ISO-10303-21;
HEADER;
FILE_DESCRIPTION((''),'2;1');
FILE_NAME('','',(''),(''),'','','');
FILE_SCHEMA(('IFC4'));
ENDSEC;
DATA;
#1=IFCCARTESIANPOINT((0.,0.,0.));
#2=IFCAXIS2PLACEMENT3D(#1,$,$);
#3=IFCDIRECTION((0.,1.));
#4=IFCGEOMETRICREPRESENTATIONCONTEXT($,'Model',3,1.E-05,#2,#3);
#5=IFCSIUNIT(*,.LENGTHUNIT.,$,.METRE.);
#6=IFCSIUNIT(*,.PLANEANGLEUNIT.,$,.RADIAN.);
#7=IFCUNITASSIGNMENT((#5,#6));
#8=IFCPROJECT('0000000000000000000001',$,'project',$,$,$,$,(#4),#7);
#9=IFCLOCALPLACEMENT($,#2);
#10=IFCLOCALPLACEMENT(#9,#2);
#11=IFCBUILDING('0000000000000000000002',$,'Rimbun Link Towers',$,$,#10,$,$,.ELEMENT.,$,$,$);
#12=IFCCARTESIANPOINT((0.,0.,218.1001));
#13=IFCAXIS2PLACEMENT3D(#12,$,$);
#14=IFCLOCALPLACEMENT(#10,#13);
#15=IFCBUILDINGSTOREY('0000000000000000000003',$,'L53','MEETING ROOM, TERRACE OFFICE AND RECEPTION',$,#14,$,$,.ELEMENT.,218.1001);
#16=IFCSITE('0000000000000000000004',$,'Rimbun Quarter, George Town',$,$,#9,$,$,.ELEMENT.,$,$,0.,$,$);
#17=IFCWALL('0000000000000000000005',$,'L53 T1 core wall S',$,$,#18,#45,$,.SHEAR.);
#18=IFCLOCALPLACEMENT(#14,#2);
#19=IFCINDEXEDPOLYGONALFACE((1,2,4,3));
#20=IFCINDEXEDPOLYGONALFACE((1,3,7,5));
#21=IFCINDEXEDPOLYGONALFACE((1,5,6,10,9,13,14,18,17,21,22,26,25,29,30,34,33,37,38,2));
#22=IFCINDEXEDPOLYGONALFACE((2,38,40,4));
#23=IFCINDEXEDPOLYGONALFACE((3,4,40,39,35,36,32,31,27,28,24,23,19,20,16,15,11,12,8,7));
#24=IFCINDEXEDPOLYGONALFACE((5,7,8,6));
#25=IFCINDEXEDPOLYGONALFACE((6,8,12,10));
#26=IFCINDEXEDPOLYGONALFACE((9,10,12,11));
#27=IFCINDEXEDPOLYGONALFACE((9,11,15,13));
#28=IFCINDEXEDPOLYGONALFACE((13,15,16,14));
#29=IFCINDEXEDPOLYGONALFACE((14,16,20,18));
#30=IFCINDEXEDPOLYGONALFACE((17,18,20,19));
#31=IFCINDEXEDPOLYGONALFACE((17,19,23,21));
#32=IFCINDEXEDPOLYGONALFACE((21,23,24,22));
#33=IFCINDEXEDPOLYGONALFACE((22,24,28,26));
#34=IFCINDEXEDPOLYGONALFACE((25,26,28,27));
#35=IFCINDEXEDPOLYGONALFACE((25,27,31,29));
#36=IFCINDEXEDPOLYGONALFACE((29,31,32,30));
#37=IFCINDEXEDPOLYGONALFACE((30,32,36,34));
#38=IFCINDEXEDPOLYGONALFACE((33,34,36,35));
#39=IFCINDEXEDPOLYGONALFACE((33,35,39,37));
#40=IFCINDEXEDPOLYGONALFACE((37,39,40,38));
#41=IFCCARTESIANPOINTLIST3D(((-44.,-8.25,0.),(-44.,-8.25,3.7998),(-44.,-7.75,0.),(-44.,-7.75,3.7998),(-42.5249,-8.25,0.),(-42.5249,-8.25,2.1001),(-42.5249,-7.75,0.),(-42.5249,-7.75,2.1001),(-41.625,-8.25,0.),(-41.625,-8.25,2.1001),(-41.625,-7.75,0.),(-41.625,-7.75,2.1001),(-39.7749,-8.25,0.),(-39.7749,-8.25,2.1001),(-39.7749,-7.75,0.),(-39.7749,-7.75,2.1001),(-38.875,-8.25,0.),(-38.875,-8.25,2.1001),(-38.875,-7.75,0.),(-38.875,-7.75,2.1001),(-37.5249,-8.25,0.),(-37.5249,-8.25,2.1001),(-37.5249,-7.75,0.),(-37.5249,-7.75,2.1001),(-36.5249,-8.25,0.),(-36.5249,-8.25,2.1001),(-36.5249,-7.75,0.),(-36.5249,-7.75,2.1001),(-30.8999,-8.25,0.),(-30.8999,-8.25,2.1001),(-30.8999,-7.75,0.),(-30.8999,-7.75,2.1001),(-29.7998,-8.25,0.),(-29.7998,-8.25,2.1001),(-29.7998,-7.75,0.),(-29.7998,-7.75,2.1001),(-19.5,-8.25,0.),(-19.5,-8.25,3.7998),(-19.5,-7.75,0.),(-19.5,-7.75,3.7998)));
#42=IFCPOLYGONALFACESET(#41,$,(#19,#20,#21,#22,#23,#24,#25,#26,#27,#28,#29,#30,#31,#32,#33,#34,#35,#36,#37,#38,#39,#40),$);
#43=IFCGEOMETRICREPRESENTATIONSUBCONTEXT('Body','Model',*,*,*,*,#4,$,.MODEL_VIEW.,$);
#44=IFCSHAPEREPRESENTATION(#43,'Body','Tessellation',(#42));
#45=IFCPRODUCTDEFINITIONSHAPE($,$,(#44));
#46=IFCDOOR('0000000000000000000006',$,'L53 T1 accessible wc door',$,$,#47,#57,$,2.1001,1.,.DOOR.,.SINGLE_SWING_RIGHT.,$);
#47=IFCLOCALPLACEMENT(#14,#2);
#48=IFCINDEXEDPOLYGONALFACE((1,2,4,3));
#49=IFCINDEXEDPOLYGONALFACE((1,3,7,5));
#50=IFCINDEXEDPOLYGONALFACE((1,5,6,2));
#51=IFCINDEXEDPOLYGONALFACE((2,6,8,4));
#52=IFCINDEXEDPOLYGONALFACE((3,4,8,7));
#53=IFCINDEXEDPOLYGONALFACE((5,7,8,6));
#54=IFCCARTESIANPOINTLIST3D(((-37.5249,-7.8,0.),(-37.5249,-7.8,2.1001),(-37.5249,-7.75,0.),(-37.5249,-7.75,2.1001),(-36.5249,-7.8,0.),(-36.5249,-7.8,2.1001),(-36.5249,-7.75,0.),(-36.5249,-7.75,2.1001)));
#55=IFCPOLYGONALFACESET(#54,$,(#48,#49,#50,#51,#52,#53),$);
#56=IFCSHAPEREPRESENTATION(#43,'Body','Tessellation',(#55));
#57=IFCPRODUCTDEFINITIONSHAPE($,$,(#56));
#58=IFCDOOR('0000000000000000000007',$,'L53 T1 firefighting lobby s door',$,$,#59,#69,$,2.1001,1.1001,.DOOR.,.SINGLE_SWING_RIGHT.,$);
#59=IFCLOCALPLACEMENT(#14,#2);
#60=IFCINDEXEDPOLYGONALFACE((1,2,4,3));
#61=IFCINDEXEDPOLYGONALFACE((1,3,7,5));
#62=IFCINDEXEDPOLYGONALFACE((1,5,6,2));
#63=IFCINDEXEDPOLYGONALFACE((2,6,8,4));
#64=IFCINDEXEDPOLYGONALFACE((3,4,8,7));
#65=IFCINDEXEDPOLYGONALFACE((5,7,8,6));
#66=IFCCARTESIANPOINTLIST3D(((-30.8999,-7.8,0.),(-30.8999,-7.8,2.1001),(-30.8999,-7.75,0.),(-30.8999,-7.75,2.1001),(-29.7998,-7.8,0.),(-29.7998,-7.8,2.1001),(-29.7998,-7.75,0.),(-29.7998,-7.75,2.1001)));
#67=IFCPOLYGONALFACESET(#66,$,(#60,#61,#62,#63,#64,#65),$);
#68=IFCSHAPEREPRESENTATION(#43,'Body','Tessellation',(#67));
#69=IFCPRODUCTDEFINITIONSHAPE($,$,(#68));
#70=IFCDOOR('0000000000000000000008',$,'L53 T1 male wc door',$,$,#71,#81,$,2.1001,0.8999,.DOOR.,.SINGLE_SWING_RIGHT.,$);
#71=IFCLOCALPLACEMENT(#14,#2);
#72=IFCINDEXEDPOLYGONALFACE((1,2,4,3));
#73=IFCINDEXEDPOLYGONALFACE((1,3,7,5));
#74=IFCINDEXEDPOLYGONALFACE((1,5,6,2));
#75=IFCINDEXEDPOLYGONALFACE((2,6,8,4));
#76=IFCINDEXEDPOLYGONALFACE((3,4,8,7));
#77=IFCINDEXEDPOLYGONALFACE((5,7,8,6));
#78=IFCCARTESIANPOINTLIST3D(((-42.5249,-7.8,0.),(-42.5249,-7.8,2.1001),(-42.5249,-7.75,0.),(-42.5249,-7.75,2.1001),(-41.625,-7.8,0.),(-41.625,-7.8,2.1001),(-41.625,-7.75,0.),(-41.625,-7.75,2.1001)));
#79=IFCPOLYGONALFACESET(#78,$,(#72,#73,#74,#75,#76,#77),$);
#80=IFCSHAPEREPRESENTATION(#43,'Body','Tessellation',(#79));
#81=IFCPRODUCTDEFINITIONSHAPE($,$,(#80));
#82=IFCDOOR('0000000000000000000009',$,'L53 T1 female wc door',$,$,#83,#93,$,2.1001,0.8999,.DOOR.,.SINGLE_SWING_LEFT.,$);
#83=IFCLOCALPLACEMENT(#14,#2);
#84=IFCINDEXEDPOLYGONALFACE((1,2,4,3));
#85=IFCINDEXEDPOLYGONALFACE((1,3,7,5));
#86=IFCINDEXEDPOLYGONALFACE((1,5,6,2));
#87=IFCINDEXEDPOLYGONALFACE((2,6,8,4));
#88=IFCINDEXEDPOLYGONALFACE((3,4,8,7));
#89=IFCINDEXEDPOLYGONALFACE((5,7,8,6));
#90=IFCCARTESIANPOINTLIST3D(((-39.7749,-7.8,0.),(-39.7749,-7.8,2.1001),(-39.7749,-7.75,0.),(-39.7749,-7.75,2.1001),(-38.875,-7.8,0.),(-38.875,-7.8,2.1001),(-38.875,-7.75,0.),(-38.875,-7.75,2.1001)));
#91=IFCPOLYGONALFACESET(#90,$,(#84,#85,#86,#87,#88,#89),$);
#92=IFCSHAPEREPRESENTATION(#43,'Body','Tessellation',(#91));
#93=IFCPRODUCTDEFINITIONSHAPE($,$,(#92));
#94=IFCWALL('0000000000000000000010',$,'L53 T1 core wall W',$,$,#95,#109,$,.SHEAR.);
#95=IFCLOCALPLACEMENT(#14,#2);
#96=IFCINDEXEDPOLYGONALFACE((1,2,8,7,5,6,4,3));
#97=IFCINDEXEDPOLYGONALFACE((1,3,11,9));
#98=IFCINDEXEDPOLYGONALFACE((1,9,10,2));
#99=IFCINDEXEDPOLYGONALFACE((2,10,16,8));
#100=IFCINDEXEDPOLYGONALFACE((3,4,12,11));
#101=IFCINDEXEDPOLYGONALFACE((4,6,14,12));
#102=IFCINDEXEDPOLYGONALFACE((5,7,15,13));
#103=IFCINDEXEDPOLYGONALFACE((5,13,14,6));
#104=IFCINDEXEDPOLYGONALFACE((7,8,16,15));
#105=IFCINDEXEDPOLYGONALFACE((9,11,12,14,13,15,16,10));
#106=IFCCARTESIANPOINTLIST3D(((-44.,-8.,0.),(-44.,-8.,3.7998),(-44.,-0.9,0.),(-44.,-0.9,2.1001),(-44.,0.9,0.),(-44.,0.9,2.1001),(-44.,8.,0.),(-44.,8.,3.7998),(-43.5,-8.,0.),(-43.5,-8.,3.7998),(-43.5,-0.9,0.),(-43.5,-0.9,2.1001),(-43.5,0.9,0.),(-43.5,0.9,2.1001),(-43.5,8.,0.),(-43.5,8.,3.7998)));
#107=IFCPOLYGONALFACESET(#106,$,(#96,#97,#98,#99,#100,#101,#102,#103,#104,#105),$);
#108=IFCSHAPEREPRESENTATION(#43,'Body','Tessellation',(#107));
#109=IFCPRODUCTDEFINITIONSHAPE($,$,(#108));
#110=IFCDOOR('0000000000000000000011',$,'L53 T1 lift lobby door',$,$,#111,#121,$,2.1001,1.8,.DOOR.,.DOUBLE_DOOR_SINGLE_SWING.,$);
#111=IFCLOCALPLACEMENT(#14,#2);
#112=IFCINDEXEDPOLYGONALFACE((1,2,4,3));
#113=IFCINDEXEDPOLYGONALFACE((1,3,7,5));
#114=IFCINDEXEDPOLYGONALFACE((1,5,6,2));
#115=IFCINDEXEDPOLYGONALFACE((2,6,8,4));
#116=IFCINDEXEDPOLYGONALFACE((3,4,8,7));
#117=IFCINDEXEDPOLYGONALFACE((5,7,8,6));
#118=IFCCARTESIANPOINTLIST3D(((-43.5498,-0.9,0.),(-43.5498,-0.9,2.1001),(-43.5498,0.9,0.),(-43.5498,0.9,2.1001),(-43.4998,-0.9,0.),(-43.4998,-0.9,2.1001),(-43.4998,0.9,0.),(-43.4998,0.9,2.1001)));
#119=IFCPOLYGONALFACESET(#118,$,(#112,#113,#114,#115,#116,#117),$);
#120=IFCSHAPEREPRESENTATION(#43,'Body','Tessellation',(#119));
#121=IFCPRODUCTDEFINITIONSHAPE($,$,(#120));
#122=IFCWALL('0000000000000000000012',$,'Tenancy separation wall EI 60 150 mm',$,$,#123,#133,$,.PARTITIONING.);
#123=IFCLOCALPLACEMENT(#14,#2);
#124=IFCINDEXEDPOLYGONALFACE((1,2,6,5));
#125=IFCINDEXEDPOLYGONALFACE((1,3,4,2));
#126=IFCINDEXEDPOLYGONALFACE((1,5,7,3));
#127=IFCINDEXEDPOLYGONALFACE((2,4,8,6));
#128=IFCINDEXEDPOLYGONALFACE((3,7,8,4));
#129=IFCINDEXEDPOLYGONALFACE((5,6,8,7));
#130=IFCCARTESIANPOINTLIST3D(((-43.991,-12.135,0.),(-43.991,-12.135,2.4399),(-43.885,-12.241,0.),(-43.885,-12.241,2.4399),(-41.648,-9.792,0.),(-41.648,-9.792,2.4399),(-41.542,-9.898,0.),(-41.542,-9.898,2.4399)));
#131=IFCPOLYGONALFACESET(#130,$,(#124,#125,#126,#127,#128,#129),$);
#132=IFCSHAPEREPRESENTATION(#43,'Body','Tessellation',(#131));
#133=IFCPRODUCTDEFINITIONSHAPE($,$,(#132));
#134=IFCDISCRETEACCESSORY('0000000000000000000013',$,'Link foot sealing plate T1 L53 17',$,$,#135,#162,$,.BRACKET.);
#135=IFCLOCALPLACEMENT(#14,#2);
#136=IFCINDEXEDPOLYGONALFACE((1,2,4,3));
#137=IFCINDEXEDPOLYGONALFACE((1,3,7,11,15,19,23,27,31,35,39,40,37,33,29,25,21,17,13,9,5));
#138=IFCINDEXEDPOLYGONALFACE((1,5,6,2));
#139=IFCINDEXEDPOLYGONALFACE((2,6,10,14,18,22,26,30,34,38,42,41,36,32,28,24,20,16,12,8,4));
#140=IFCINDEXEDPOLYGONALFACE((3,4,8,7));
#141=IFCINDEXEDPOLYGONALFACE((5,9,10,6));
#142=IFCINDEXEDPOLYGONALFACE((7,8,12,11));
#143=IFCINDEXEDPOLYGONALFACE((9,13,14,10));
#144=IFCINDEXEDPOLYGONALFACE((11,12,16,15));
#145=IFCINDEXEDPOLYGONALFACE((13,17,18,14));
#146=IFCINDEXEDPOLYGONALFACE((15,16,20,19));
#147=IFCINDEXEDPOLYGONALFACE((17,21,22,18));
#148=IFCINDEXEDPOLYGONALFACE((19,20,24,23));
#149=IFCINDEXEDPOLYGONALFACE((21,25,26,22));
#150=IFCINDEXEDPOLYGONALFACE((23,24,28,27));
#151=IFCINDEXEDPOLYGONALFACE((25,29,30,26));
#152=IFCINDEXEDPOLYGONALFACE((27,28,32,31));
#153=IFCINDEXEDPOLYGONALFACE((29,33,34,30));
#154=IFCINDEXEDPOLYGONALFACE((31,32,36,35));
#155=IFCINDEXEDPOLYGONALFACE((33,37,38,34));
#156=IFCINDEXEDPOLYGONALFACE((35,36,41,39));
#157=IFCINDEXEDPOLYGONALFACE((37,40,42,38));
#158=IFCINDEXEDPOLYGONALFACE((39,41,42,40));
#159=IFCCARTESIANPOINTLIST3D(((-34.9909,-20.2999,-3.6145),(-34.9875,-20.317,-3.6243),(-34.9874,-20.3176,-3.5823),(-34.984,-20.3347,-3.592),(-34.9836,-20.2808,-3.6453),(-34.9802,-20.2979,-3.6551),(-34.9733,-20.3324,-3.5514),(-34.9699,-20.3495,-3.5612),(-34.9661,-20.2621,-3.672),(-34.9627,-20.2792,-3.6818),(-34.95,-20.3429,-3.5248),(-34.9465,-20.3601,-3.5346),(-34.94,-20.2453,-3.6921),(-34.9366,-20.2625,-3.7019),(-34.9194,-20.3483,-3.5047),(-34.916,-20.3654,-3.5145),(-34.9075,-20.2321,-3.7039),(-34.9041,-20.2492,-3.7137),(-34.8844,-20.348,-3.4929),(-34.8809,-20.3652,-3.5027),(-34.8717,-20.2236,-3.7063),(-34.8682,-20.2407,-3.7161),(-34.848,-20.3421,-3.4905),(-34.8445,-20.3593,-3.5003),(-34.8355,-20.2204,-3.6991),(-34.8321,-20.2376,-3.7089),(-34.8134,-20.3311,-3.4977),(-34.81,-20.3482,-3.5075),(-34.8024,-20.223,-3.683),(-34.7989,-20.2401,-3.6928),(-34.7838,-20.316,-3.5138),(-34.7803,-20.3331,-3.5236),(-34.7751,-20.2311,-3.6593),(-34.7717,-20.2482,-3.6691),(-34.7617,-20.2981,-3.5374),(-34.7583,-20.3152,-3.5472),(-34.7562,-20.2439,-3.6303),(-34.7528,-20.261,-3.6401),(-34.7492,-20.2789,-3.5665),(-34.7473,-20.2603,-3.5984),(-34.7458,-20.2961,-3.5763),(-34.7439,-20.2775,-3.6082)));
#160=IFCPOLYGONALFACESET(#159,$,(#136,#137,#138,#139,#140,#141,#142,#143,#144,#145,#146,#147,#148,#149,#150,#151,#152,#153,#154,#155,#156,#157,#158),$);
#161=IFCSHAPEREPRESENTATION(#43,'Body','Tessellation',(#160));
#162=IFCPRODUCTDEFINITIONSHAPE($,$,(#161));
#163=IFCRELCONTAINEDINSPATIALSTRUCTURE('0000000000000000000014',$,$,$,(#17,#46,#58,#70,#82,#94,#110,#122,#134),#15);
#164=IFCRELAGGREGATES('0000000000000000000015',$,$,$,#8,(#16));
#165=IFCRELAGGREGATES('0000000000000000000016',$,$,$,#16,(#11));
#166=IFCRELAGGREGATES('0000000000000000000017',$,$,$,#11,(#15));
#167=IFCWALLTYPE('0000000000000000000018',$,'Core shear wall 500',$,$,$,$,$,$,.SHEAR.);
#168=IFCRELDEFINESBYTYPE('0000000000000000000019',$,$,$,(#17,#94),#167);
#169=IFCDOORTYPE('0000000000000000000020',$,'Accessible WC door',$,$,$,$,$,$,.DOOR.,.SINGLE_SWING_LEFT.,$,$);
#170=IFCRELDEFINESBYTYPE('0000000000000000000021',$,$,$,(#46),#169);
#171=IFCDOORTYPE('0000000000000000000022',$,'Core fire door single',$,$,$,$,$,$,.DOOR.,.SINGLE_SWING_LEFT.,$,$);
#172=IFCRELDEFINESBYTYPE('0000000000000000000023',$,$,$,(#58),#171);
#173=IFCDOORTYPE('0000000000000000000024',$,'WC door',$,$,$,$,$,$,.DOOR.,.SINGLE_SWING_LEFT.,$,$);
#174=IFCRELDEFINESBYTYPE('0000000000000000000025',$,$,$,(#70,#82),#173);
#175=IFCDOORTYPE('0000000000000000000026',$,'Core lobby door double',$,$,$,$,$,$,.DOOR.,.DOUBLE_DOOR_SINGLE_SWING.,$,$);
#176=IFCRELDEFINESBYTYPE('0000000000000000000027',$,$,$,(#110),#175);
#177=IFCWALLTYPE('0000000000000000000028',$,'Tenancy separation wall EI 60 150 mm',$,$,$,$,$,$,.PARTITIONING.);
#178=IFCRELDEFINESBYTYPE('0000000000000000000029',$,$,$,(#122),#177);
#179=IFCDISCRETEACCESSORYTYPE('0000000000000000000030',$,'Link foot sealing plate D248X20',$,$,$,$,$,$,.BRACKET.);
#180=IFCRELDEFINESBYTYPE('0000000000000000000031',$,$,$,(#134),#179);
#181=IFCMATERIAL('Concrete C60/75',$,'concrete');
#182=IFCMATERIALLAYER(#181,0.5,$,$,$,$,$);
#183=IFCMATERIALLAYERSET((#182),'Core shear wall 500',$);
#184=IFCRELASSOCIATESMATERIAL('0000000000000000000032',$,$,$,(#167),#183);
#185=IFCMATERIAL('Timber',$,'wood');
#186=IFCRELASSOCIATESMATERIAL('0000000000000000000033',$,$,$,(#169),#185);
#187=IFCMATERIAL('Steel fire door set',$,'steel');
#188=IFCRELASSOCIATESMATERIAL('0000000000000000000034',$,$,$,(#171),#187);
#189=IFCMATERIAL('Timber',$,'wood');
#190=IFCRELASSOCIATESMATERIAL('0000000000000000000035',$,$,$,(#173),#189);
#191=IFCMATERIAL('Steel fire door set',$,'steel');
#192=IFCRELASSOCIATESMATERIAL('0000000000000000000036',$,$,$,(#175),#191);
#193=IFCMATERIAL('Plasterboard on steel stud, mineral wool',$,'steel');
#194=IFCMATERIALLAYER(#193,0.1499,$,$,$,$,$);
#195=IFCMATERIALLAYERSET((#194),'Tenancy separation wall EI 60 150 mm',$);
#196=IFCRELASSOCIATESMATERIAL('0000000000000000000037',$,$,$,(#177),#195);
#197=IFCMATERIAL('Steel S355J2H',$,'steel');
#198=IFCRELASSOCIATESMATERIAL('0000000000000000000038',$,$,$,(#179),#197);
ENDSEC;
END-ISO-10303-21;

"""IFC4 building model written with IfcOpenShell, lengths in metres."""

from ifc_helpers import new_model, si_unit, direction, frame, frame_2d, origin, origin_2d, place, context, subcontext, project, spatial, rectangle, circle, extrude, material, layer, layer_set, material_profile, profile_set, type_object, element, fill, save


model = new_model("IFC4")

# Units and contexts
model_context = context("Model", 3, precision=1e-05, world=origin(), true_north=direction((0.0, 1.0)))
body_context = subcontext(model_context, "Body", "Model", "MODEL_VIEW")
ifc_project = project(units=[si_unit("LENGTHUNIT", "METRE"), si_unit("PLANEANGLEUNIT", "RADIAN")], contexts=[model_context])

# Site, building, storey
site_placement = place(None, origin())
site = spatial("IfcSite", under=ifc_project, at=site_placement, Name="Rimbun Quarter, George Town", CompositionType="ELEMENT", RefElevation=0.0)
building_placement = place(site_placement, origin())
building = spatial("IfcBuilding", under=site, at=building_placement, Name="Rimbun Link Towers", CompositionType="ELEMENT")
storey_placement = place(building_placement, frame((0.0, 0.0, 218.1001)))
storey = spatial("IfcBuildingStorey", under=building, at=storey_placement, Name="L53", Description="MEETING ROOM, TERRACE OFFICE AND RECEPTION", CompositionType="ELEMENT", Elevation=218.1001)

# Wall, openings, doors
ifc_material_1 = material(Name="Concrete C60/75", Category="concrete")
ifc_layer_1 = layer(ifc_material_1, 0.5)
ifc_layer_set_1 = layer_set([ifc_layer_1], Name="Core shear wall 500")
wall_type_1 = type_object("IfcWallType", Name="Core shear wall 500", PredefinedType="SHEAR", material=ifc_layer_set_1)
wall_1_placement = place(storey_placement, frame((-44.0, -8.0, 0.0), z_axis=(0.0, 0.0, 1.0), x_axis=(1.0, 0.0, 0.0)))
wall_1 = element("IfcWall", 1, at=wall_1_placement, inside=storey, type_object=wall_type_1, Name="L53 T1 core wall S", PredefinedType="SHEAR", context=body_context, shape_type="SweptSolid", body=[
    extrude(rectangle(XDim=24.5, YDim=0.5, at=frame_2d((12.25, 0.0))), origin(), (0.0, 0.0, 1.0), 3.7998),
])
opening_1_placement = place(wall_1_placement, frame((13.1001, 0.0, 0.0)))
opening_1 = element("IfcOpeningElement", 2, at=opening_1_placement, cuts=wall_1, PredefinedType="OPENING", context=body_context, shape_type="SweptSolid", body=[
    extrude(rectangle(XDim=1.1001, YDim=2.1001, at=frame_2d((0.55, 1.05))), frame((0.0, 0.26, 0.0), z_axis=(0.0, -1.0, 0.0), x_axis=(1.0, 0.0, 0.0)), (0.0, 0.0, 1.0), 0.52),
])
opening_2_placement = place(wall_1_placement, frame((1.4751, 0.0, 0.0)))
opening_2 = element("IfcOpeningElement", 3, at=opening_2_placement, cuts=wall_1, PredefinedType="OPENING", context=body_context, shape_type="SweptSolid", body=[
    extrude(rectangle(XDim=0.8999, YDim=2.1001, at=frame_2d((0.45, 1.05))), frame((0.0, 0.26, 0.0), z_axis=(0.0, -1.0, 0.0), x_axis=(1.0, 0.0, 0.0)), (0.0, 0.0, 1.0), 0.52),
])
opening_3_placement = place(wall_1_placement, frame((4.2251, 0.0, 0.0)))
opening_3 = element("IfcOpeningElement", 4, at=opening_3_placement, cuts=wall_1, PredefinedType="OPENING", context=body_context, shape_type="SweptSolid", body=[
    extrude(rectangle(XDim=0.8999, YDim=2.1001, at=frame_2d((0.45, 1.05))), frame((0.0, 0.26, 0.0), z_axis=(0.0, -1.0, 0.0), x_axis=(1.0, 0.0, 0.0)), (0.0, 0.0, 1.0), 0.52),
])
opening_4_placement = place(wall_1_placement, frame((6.4751, 0.0, 0.0)))
opening_4 = element("IfcOpeningElement", 5, at=opening_4_placement, cuts=wall_1, PredefinedType="OPENING", context=body_context, shape_type="SweptSolid", body=[
    extrude(rectangle(XDim=1.0, YDim=2.1001, at=frame_2d((0.5, 1.05))), frame((0.0, 0.26, 0.0), z_axis=(0.0, -1.0, 0.0), x_axis=(1.0, 0.0, 0.0)), (0.0, 0.0, 1.0), 0.52),
])
ifc_material_2 = material(Name="Timber", Category="wood")
door_type_1 = type_object("IfcDoorType", Name="Accessible WC door", OperationType="SINGLE_SWING_LEFT", PredefinedType="DOOR", material=ifc_material_2)
door_1_placement = place(opening_4_placement, origin())
door_1 = element("IfcDoor", 6, at=door_1_placement, inside=storey, type_object=door_type_1, Name="L53 T1 accessible wc door", OperationType="SINGLE_SWING_RIGHT", OverallHeight=2.1001, OverallWidth=1.0, PredefinedType="DOOR", context=body_context, shape_type="SweptSolid", body=[
    extrude(rectangle(XDim=1.0, YDim=2.1001, at=frame_2d((0.5, 1.05))), frame((0.0, 0.25, 0.0), z_axis=(0.0, -1.0, 0.0), x_axis=(1.0, 0.0, 0.0)), (0.0, 0.0, 1.0), 0.05),
])
fill(opening_4, door_1)
ifc_material_3 = material(Name="Steel fire door set", Category="steel")
door_type_2 = type_object("IfcDoorType", Name="Core fire door single", OperationType="SINGLE_SWING_LEFT", PredefinedType="DOOR", material=ifc_material_3)
door_2_placement = place(opening_1_placement, origin())
door_2 = element("IfcDoor", 7, at=door_2_placement, inside=storey, type_object=door_type_2, Name="L53 T1 firefighting lobby s door", OperationType="SINGLE_SWING_RIGHT", OverallHeight=2.1001, OverallWidth=1.1001, PredefinedType="DOOR", context=body_context, shape_type="SweptSolid", body=[
    extrude(rectangle(XDim=1.1001, YDim=2.1001, at=frame_2d((0.55, 1.05))), frame((0.0, 0.25, 0.0), z_axis=(0.0, -1.0, 0.0), x_axis=(1.0, 0.0, 0.0)), (0.0, 0.0, 1.0), 0.05),
])
fill(opening_1, door_2)
ifc_material_4 = material(Name="Timber", Category="wood")
door_type_3 = type_object("IfcDoorType", Name="WC door", OperationType="SINGLE_SWING_LEFT", PredefinedType="DOOR", material=ifc_material_4)
door_3_placement = place(opening_2_placement, origin())
door_3 = element("IfcDoor", 8, at=door_3_placement, inside=storey, type_object=door_type_3, Name="L53 T1 male wc door", OperationType="SINGLE_SWING_RIGHT", OverallHeight=2.1001, OverallWidth=0.8999, PredefinedType="DOOR", context=body_context, shape_type="SweptSolid", body=[
    extrude(rectangle(XDim=0.8999, YDim=2.1001, at=frame_2d((0.45, 1.05))), frame((0.0, 0.25, 0.0), z_axis=(0.0, -1.0, 0.0), x_axis=(1.0, 0.0, 0.0)), (0.0, 0.0, 1.0), 0.05),
])
fill(opening_2, door_3)
door_4_placement = place(opening_3_placement, origin())
door_4 = element("IfcDoor", 9, at=door_4_placement, inside=storey, type_object=door_type_3, Name="L53 T1 female wc door", OperationType="SINGLE_SWING_LEFT", OverallHeight=2.1001, OverallWidth=0.8999, PredefinedType="DOOR", context=body_context, shape_type="SweptSolid", body=[
    extrude(rectangle(XDim=0.8999, YDim=2.1001, at=frame_2d((0.45, 1.05))), frame((0.0, 0.25, 0.0), z_axis=(0.0, -1.0, 0.0), x_axis=(1.0, 0.0, 0.0)), (0.0, 0.0, 1.0), 0.05),
])
fill(opening_3, door_4)

# Wall, opening, door
wall_2_placement = place(storey_placement, frame((-43.75, -8.0, 0.0), z_axis=(0.0, 0.0, 1.0), x_axis=(0.0, 1.0, 0.0)))
wall_2 = element("IfcWall", 10, at=wall_2_placement, inside=storey, type_object=wall_type_1, Name="L53 T1 core wall W", PredefinedType="SHEAR", context=body_context, shape_type="SweptSolid", body=[
    extrude(rectangle(XDim=16.0, YDim=0.5, at=frame_2d((8.0, 0.0))), origin(), (0.0, 0.0, 1.0), 3.7998),
])
opening_5_placement = place(wall_2_placement, frame((7.1001, 0.0, 0.0)))
opening_5 = element("IfcOpeningElement", 11, at=opening_5_placement, cuts=wall_2, PredefinedType="OPENING", context=body_context, shape_type="SweptSolid", body=[
    extrude(rectangle(XDim=1.8, YDim=2.1001, at=frame_2d((0.8999, 1.05))), frame((0.0, 0.26, 0.0), z_axis=(0.0, -1.0, 0.0), x_axis=(1.0, 0.0, 0.0)), (0.0, 0.0, 1.0), 0.52),
])
ifc_material_5 = material(Name="Steel fire door set", Category="steel")
door_type_4 = type_object("IfcDoorType", Name="Core lobby door double", OperationType="DOUBLE_DOOR_SINGLE_SWING", PredefinedType="DOOR", material=ifc_material_5)
door_5_placement = place(opening_5_placement, origin())
door_5 = element("IfcDoor", 12, at=door_5_placement, inside=storey, type_object=door_type_4, Name="L53 T1 lift lobby door", OperationType="DOUBLE_DOOR_SINGLE_SWING", OverallHeight=2.1001, OverallWidth=1.8, PredefinedType="DOOR", context=body_context, shape_type="SweptSolid", body=[
    extrude(rectangle(XDim=1.8, YDim=2.1001, at=frame_2d((0.8999, 1.05))), frame((0.0, -0.2002, 0.0), z_axis=(0.0, -1.0, 0.0), x_axis=(1.0, 0.0, 0.0)), (0.0, 0.0, 1.0), 0.05),
])
fill(opening_5, door_5)

# Wall
ifc_material_6 = material(Name="Plasterboard on steel stud, mineral wool", Category="steel")
ifc_layer_2 = layer(ifc_material_6, 0.1499)
ifc_layer_set_2 = layer_set([ifc_layer_2], Name="Tenancy separation wall EI 60 150 mm")
wall_type_2 = type_object("IfcWallType", Name="Tenancy separation wall EI 60 150 mm", PredefinedType="PARTITIONING", material=ifc_layer_set_2)
wall_3_placement = place(storey_placement, frame((-41.595, -9.845, 0.0), z_axis=(0.0, 0.0, 1.0), x_axis=(-0.707107, -0.707107, 0.0)))
element("IfcWall", 13, at=wall_3_placement, inside=storey, type_object=wall_type_2, Name="Tenancy separation wall EI 60 150 mm", PredefinedType="PARTITIONING", context=body_context, shape_type="SweptSolid", body=[
    extrude(rectangle(XDim=3.3135, YDim=0.1499, at=frame_2d((1.6567, 0.0))), origin(), (0.0, 0.0, 1.0), 2.4399),
])

# Discrete accessory
ifc_material_7 = material(Name="Steel S355J2H", Category="steel")
ifc_material_profile_1 = material_profile(ifc_material_7, circle(Radius=0.124, at=origin_2d()), Name="PL D248")
ifc_profile_set_1 = profile_set([ifc_material_profile_1], Name="Steel S355J2H")
discrete_accessory_type = type_object("IfcDiscreteAccessoryType", Name="Link foot sealing plate D248X20", PredefinedType="BRACKET", material=ifc_profile_set_1)
discrete_accessory_placement = place(storey_placement, frame((-34.8689, -20.2847, -3.5984), z_axis=(0.171088, -0.855442, -0.488824), x_axis=(0.980581, 0.196116, 0.0)))
element("IfcDiscreteAccessory", 14, at=discrete_accessory_placement, inside=storey, type_object=discrete_accessory_type, Name="Link foot sealing plate T1 L53 17", PredefinedType="BRACKET", context=body_context, shape_type="SweptSolid", body=[
    extrude(circle(Radius=0.124, at=origin_2d()), origin(), (0.0, 0.0, 1.0), 0.02),
])

save(model, "model.ifc")
